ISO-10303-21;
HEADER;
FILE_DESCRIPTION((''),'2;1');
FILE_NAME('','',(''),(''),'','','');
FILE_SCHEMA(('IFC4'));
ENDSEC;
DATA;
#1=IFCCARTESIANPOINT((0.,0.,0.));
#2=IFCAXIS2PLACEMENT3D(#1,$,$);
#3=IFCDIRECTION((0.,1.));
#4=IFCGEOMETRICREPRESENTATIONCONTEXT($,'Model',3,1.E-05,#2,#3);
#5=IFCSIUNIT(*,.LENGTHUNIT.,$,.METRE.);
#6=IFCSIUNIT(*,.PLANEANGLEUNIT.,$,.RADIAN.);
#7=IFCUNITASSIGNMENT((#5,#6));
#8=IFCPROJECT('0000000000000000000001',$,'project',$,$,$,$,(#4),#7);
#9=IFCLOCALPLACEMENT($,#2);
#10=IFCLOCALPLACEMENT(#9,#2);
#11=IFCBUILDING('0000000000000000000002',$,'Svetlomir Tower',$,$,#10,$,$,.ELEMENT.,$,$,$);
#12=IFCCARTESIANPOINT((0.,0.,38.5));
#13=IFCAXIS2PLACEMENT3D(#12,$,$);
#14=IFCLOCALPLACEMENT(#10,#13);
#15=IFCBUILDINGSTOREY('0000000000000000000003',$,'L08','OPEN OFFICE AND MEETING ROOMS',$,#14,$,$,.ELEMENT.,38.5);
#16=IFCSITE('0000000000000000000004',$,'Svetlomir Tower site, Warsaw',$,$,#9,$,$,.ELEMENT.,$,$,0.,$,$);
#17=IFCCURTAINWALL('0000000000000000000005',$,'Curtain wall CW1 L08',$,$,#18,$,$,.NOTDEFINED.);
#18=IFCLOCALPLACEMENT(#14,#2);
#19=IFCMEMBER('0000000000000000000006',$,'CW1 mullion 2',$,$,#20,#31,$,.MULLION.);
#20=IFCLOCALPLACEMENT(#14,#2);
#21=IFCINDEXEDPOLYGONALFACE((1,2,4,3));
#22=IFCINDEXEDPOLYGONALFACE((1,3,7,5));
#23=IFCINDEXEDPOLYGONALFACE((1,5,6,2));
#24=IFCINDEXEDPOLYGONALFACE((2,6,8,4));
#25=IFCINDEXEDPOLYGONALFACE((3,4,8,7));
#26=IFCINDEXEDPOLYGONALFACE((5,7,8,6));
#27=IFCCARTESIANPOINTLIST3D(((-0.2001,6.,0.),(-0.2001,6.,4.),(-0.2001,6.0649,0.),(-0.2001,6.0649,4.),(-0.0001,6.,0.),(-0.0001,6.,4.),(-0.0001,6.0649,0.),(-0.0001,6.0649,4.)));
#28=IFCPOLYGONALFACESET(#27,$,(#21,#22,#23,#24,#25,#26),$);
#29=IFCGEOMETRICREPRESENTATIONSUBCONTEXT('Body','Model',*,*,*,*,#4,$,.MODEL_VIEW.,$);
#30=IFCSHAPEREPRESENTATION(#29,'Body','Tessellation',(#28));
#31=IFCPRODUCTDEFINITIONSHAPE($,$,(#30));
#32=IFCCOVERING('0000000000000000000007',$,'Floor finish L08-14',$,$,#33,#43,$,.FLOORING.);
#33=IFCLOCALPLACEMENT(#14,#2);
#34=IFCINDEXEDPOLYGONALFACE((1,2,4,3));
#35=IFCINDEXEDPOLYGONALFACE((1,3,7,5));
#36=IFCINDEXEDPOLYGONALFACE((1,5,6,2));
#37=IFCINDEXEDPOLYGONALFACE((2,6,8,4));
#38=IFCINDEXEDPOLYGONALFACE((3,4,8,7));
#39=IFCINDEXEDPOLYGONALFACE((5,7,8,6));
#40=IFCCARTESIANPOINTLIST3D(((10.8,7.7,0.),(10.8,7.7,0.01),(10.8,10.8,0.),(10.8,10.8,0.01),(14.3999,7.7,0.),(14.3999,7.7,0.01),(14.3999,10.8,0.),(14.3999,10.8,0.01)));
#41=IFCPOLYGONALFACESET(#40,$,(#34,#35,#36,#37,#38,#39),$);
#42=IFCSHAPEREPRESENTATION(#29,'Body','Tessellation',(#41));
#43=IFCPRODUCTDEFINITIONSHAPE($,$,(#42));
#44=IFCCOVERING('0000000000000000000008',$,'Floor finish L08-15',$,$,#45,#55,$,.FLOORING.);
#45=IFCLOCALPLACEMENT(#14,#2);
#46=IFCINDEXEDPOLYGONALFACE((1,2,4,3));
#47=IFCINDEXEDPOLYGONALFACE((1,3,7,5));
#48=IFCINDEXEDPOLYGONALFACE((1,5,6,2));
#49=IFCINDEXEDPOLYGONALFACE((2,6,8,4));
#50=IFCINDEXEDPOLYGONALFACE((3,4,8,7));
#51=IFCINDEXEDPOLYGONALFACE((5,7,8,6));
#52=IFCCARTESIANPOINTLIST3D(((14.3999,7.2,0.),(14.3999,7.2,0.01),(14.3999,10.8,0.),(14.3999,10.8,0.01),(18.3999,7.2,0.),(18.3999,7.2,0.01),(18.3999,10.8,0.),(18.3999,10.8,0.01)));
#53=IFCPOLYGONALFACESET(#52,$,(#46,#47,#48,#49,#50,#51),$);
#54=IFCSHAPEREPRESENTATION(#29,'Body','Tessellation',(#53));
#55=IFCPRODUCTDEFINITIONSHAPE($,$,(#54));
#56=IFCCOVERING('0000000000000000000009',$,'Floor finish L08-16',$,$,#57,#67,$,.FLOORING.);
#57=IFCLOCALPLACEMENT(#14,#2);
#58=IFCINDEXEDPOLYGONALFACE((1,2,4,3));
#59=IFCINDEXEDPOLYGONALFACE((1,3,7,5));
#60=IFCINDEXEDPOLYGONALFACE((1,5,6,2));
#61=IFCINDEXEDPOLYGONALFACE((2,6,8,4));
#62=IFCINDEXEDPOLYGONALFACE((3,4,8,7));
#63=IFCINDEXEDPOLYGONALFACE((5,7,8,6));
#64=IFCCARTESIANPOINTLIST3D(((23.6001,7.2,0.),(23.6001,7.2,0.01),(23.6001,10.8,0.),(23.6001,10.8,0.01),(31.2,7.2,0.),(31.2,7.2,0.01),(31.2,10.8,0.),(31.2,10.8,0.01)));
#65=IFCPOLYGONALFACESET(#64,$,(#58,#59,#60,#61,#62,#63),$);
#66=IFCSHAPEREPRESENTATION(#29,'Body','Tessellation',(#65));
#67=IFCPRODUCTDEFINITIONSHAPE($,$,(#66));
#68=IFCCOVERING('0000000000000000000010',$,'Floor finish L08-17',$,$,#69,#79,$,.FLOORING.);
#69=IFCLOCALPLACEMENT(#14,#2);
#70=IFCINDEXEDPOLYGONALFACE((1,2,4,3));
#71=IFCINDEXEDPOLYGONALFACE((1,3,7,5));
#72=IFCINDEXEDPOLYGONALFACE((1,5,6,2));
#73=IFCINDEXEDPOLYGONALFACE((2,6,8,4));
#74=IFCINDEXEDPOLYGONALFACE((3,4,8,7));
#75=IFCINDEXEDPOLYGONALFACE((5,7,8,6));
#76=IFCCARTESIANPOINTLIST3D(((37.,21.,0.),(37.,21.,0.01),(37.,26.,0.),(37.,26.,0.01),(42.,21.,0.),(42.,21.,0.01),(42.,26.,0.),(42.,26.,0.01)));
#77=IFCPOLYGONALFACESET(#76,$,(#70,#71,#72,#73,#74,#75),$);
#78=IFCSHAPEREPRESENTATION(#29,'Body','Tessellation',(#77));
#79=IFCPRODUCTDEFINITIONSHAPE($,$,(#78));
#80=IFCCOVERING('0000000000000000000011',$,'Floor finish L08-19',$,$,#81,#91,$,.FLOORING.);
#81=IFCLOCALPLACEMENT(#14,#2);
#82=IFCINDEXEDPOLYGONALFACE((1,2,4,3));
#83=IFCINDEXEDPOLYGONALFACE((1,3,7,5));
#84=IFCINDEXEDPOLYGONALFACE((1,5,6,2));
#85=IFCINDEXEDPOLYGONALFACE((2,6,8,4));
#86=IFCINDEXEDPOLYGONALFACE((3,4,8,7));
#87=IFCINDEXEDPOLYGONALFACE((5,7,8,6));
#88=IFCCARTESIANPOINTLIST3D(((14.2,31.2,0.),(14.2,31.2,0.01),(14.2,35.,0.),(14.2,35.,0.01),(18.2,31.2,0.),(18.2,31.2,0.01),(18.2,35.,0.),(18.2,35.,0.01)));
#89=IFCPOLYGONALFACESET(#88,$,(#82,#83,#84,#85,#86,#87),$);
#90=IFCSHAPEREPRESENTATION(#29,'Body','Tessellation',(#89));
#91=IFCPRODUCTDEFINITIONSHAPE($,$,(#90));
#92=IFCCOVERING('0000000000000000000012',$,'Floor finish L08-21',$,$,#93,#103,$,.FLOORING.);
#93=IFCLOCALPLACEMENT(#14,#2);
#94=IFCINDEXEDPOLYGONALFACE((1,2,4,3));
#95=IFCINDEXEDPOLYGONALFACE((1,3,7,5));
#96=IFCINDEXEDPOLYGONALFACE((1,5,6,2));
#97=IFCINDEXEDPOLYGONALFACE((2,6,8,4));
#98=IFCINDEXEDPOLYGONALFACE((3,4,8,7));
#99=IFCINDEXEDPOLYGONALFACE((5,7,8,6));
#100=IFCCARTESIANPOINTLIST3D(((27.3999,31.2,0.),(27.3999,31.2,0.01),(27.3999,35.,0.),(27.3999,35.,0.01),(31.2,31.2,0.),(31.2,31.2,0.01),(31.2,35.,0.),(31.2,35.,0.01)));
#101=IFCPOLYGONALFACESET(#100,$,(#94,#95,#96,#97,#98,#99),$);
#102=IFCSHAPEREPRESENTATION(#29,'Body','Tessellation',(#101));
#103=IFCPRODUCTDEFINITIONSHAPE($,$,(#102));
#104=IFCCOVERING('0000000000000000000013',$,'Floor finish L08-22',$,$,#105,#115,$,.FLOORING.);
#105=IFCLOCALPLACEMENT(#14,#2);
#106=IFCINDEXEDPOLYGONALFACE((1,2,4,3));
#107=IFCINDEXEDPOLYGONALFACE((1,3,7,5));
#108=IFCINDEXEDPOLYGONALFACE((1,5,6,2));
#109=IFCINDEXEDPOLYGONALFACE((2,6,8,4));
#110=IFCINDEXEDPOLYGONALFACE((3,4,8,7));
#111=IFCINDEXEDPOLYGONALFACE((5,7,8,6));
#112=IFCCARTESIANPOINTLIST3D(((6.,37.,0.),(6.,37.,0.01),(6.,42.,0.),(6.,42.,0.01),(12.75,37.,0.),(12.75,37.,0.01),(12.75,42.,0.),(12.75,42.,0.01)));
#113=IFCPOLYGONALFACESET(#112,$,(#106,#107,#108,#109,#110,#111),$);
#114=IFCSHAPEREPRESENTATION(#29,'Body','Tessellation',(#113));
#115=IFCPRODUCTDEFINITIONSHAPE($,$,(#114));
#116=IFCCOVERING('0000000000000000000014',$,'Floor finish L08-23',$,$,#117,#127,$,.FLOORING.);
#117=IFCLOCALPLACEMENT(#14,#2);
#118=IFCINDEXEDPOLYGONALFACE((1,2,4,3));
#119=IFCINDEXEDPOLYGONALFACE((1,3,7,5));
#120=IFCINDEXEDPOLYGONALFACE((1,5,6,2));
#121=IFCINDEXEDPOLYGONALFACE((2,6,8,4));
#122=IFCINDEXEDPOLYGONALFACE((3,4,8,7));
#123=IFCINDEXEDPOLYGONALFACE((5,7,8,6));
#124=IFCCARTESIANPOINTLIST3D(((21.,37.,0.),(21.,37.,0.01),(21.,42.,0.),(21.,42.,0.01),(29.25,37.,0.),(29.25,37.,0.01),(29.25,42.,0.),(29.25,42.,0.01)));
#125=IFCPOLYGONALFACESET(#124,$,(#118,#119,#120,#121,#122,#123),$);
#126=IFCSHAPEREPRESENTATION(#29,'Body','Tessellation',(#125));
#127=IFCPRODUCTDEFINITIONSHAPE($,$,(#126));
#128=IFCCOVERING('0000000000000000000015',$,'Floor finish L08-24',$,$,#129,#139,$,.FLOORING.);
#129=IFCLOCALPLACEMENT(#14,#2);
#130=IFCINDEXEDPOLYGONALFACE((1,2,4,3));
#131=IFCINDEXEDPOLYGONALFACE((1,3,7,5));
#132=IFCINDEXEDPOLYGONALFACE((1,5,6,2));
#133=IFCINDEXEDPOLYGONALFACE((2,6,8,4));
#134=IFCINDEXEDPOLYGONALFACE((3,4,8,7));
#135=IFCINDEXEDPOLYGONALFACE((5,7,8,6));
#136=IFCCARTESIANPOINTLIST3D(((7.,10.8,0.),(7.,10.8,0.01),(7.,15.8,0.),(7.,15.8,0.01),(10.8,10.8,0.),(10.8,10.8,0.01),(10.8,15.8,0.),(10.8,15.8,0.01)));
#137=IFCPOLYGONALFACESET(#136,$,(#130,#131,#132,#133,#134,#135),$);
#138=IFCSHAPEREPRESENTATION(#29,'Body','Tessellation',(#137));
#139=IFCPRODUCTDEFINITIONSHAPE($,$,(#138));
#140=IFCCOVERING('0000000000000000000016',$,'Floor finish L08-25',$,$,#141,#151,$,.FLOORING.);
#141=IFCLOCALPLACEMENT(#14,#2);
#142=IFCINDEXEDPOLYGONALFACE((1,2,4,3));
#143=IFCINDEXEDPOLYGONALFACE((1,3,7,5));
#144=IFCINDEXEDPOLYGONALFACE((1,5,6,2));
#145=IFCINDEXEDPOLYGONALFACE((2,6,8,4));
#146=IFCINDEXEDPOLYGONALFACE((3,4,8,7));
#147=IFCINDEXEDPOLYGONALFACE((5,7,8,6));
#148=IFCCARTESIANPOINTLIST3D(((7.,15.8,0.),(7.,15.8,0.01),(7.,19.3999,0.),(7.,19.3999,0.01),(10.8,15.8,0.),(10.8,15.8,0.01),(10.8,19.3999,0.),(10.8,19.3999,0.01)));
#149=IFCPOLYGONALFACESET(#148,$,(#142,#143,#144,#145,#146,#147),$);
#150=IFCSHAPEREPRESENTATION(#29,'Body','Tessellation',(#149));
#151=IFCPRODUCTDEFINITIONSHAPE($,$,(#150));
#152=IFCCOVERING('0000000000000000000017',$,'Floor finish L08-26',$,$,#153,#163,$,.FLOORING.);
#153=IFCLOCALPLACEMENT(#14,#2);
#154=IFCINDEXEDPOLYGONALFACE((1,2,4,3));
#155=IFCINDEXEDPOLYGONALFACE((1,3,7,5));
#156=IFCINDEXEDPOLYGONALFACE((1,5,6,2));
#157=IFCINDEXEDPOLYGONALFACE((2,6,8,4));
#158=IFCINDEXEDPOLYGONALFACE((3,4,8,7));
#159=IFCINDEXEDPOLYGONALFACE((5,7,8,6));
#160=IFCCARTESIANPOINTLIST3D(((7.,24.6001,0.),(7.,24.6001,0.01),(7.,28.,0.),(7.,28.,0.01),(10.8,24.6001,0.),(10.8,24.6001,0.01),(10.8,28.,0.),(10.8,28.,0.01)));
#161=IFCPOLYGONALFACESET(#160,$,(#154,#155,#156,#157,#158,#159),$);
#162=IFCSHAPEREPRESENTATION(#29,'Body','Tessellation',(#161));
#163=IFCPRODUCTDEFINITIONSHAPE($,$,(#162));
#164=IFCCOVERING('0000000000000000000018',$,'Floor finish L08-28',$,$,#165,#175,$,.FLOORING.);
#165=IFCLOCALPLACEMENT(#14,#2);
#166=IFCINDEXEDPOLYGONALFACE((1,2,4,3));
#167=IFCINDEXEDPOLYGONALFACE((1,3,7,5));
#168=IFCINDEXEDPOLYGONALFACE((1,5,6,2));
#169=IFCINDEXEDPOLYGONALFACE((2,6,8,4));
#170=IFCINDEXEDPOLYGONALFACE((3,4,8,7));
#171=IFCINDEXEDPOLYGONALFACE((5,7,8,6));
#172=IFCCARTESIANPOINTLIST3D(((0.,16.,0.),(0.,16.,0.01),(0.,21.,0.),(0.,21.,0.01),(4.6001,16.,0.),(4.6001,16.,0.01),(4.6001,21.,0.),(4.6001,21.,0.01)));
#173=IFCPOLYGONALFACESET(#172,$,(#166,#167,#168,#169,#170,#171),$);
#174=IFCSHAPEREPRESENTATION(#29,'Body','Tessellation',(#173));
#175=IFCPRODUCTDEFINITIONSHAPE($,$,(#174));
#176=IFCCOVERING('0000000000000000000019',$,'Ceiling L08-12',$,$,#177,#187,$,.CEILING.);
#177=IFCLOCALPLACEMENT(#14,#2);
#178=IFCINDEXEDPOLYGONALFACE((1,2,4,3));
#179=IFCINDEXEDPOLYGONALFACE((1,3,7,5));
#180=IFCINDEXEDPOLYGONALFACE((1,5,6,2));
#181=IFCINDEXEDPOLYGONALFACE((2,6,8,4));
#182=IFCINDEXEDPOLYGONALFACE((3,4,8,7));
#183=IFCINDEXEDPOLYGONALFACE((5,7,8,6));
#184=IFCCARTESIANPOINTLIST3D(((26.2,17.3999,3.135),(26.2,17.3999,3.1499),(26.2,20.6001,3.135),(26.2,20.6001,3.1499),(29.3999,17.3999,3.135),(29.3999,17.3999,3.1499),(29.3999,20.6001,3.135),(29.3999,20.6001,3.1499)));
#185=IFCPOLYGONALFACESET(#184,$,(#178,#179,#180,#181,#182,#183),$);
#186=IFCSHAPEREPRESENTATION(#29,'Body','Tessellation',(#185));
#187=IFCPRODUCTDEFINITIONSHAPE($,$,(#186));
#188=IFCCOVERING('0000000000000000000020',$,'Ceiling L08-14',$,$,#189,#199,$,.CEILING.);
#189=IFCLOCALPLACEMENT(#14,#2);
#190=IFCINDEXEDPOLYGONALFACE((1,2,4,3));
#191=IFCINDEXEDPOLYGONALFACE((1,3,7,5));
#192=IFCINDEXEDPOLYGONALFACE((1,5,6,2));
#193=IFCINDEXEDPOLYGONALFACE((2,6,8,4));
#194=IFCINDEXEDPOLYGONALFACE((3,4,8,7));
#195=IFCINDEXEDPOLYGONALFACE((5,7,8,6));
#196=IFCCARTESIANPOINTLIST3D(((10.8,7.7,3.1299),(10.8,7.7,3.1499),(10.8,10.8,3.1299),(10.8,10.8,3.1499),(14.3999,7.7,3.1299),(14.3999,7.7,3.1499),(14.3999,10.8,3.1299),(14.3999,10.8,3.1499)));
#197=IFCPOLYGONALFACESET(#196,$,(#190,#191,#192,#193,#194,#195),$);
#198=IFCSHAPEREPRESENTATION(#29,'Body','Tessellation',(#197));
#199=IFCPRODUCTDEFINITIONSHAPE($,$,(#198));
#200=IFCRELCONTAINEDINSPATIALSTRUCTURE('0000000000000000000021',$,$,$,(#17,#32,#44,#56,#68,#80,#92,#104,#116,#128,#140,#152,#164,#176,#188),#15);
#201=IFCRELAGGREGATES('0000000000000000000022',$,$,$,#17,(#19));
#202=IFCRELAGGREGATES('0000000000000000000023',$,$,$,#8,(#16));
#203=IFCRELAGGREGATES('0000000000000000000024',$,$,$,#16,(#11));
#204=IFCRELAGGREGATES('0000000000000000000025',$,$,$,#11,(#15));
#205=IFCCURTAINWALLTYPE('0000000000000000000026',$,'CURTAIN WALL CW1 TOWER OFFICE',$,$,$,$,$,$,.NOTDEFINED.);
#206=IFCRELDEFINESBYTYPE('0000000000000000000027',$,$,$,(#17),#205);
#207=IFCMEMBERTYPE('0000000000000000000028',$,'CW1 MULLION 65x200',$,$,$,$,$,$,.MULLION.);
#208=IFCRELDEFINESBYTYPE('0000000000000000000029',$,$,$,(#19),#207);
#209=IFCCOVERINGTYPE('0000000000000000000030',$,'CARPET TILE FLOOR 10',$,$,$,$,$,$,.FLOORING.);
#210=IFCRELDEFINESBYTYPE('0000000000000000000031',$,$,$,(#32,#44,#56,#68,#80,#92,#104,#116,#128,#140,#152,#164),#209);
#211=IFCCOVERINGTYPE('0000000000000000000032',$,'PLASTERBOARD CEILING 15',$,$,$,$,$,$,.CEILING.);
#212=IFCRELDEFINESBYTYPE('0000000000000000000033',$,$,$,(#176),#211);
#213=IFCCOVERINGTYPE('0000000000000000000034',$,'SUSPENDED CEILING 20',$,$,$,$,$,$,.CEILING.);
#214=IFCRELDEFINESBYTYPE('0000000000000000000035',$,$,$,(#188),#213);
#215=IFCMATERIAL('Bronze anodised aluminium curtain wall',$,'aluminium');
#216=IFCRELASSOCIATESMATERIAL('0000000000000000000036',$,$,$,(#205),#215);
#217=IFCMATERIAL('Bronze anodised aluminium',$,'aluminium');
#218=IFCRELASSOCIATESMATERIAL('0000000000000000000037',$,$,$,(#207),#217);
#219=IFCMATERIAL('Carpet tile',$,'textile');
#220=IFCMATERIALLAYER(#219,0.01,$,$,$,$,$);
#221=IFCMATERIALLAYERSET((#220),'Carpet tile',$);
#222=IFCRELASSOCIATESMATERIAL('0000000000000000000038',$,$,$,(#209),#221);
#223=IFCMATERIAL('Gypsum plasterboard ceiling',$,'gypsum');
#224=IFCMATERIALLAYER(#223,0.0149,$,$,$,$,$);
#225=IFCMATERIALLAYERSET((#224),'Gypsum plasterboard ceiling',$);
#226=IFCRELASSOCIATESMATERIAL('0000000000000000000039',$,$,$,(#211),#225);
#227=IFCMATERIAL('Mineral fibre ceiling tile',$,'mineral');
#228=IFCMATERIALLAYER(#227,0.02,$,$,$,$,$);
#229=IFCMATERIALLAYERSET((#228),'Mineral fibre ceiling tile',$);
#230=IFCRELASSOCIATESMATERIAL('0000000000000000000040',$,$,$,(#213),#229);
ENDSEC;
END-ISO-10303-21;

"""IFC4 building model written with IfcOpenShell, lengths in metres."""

from ifc_helpers import new_model, si_unit, direction, frame, origin, origin_2d, place, context, subcontext, project, spatial, polyline, rectangle, outline, extrude, material, layer, layer_set, material_profile, profile_set, type_object, element, aggregate, save


model = new_model("IFC4")

# Units and contexts
model_context = context("Model", 3, precision=1e-05, world=origin(), true_north=direction((0.0, 1.0)))
body_context = subcontext(model_context, "Body", "Model", "MODEL_VIEW")
ifc_project = project(units=[si_unit("LENGTHUNIT", "METRE"), si_unit("PLANEANGLEUNIT", "RADIAN")], contexts=[model_context])

# Site, building, storey
site_placement = place(None, origin())
site = spatial("IfcSite", under=ifc_project, at=site_placement, Name="Svetlomir Tower site, Warsaw", CompositionType="ELEMENT", RefElevation=0.0)
building_placement = place(site_placement, origin())
building = spatial("IfcBuilding", under=site, at=building_placement, Name="Svetlomir Tower", CompositionType="ELEMENT")
storey_placement = place(building_placement, frame((0.0, 0.0, 38.5)))
storey = spatial("IfcBuildingStorey", under=building, at=storey_placement, Name="L08", Description="OPEN OFFICE AND MEETING ROOMS", CompositionType="ELEMENT", Elevation=38.5)

# Curtain wall, member
ifc_material_1 = material(Name="Bronze anodised aluminium curtain wall", Category="aluminium")
curtain_wall_type = type_object("IfcCurtainWallType", Name="CURTAIN WALL CW1 TOWER OFFICE", PredefinedType="NOTDEFINED", material=ifc_material_1)
curtain_wall_placement = place(storey_placement, origin())
curtain_wall = element("IfcCurtainWall", 1, at=curtain_wall_placement, inside=storey, type_object=curtain_wall_type, Name="Curtain wall CW1 L08", PredefinedType="NOTDEFINED")
ifc_material_2 = material(Name="Bronze anodised aluminium", Category="aluminium")
ifc_material_profile = material_profile(ifc_material_2, rectangle(XDim=0.0649, YDim=0.2, at=origin_2d()), Name="AL 65x200")
ifc_profile_set = profile_set([ifc_material_profile], Name="Bronze anodised aluminium 6063-T6")
member_type = type_object("IfcMemberType", Name="CW1 MULLION 65x200", PredefinedType="MULLION", material=ifc_profile_set)
member_placement = place(storey_placement, frame((-0.1001, 6.0325, 0.0), z_axis=(0.0, 0.0, 1.0), x_axis=(0.0, -1.0, 0.0)))
member = element("IfcMember", 2, at=member_placement, type_object=member_type, Name="CW1 mullion 2", PredefinedType="MULLION", context=body_context, shape_type="SweptSolid", body=[
    extrude(rectangle(XDim=0.0649, YDim=0.2, at=origin_2d()), origin(), (0.0, 0.0, 1.0), 4.0),
])
aggregate(curtain_wall, [member])

# Coverings
ifc_material_3 = material(Name="Carpet tile", Category="textile")
ifc_layer_1 = layer(ifc_material_3, 0.01)
ifc_layer_set_1 = layer_set([ifc_layer_1], Name="Carpet tile")
covering_type_1 = type_object("IfcCoveringType", Name="CARPET TILE FLOOR 10", PredefinedType="FLOORING", material=ifc_layer_set_1)
covering_1_placement = place(storey_placement, origin())
element("IfcCovering", 3, at=covering_1_placement, inside=storey, type_object=covering_type_1, Name="Floor finish L08-14", PredefinedType="FLOORING", context=body_context, shape_type="SweptSolid", body=[
    extrude(outline(polyline([(10.8, 7.7), (14.3999, 7.7), (14.3999, 10.8), (10.8, 10.8), (10.8, 7.7)])), origin(), (0.0, 0.0, 1.0), 0.01),
])
covering_2_placement = place(storey_placement, origin())
element("IfcCovering", 4, at=covering_2_placement, inside=storey, type_object=covering_type_1, Name="Floor finish L08-15", PredefinedType="FLOORING", context=body_context, shape_type="SweptSolid", body=[
    extrude(outline(polyline([(14.3999, 7.2), (18.3999, 7.2), (18.3999, 10.8), (14.3999, 10.8), (14.3999, 7.2)])), origin(), (0.0, 0.0, 1.0), 0.01),
])
covering_3_placement = place(storey_placement, origin())
element("IfcCovering", 5, at=covering_3_placement, inside=storey, type_object=covering_type_1, Name="Floor finish L08-16", PredefinedType="FLOORING", context=body_context, shape_type="SweptSolid", body=[
    extrude(outline(polyline([(23.6001, 7.2), (31.2, 7.2), (31.2, 10.8), (23.6001, 10.8), (23.6001, 7.2)])), origin(), (0.0, 0.0, 1.0), 0.01),
])
covering_4_placement = place(storey_placement, origin())
element("IfcCovering", 6, at=covering_4_placement, inside=storey, type_object=covering_type_1, Name="Floor finish L08-17", PredefinedType="FLOORING", context=body_context, shape_type="SweptSolid", body=[
    extrude(outline(polyline([(37.0, 21.0), (42.0, 21.0), (42.0, 26.0), (37.0, 26.0), (37.0, 21.0)])), origin(), (0.0, 0.0, 1.0), 0.01),
])
covering_5_placement = place(storey_placement, origin())
element("IfcCovering", 7, at=covering_5_placement, inside=storey, type_object=covering_type_1, Name="Floor finish L08-19", PredefinedType="FLOORING", context=body_context, shape_type="SweptSolid", body=[
    extrude(outline(polyline([(14.2, 31.2), (18.2, 31.2), (18.2, 35.0), (14.2, 35.0), (14.2, 31.2)])), origin(), (0.0, 0.0, 1.0), 0.01),
])
covering_6_placement = place(storey_placement, origin())
element("IfcCovering", 8, at=covering_6_placement, inside=storey, type_object=covering_type_1, Name="Floor finish L08-21", PredefinedType="FLOORING", context=body_context, shape_type="SweptSolid", body=[
    extrude(outline(polyline([(27.3999, 31.2), (31.2, 31.2), (31.2, 35.0), (27.3999, 35.0), (27.3999, 31.2)])), origin(), (0.0, 0.0, 1.0), 0.01),
])
covering_7_placement = place(storey_placement, origin())
element("IfcCovering", 9, at=covering_7_placement, inside=storey, type_object=covering_type_1, Name="Floor finish L08-22", PredefinedType="FLOORING", context=body_context, shape_type="SweptSolid", body=[
    extrude(outline(polyline([(6.0, 37.0), (12.75, 37.0), (12.75, 42.0), (6.0, 42.0), (6.0, 37.0)])), origin(), (0.0, 0.0, 1.0), 0.01),
])
covering_8_placement = place(storey_placement, origin())
element("IfcCovering", 10, at=covering_8_placement, inside=storey, type_object=covering_type_1, Name="Floor finish L08-23", PredefinedType="FLOORING", context=body_context, shape_type="SweptSolid", body=[
    extrude(outline(polyline([(21.0, 37.0), (29.25, 37.0), (29.25, 42.0), (21.0, 42.0), (21.0, 37.0)])), origin(), (0.0, 0.0, 1.0), 0.01),
])
covering_9_placement = place(storey_placement, origin())
element("IfcCovering", 11, at=covering_9_placement, inside=storey, type_object=covering_type_1, Name="Floor finish L08-24", PredefinedType="FLOORING", context=body_context, shape_type="SweptSolid", body=[
    extrude(outline(polyline([(7.0, 10.8), (10.8, 10.8), (10.8, 15.8), (7.0, 15.8), (7.0, 10.8)])), origin(), (0.0, 0.0, 1.0), 0.01),
])
covering_10_placement = place(storey_placement, origin())
element("IfcCovering", 12, at=covering_10_placement, inside=storey, type_object=covering_type_1, Name="Floor finish L08-25", PredefinedType="FLOORING", context=body_context, shape_type="SweptSolid", body=[
    extrude(outline(polyline([(7.0, 15.8), (10.8, 15.8), (10.8, 19.3999), (7.0, 19.3999), (7.0, 15.8)])), origin(), (0.0, 0.0, 1.0), 0.01),
])
covering_11_placement = place(storey_placement, origin())
element("IfcCovering", 13, at=covering_11_placement, inside=storey, type_object=covering_type_1, Name="Floor finish L08-26", PredefinedType="FLOORING", context=body_context, shape_type="SweptSolid", body=[
    extrude(outline(polyline([(7.0, 24.6001), (10.8, 24.6001), (10.8, 28.0), (7.0, 28.0), (7.0, 24.6001)])), origin(), (0.0, 0.0, 1.0), 0.01),
])
covering_12_placement = place(storey_placement, origin())
element("IfcCovering", 14, at=covering_12_placement, inside=storey, type_object=covering_type_1, Name="Floor finish L08-28", PredefinedType="FLOORING", context=body_context, shape_type="SweptSolid", body=[
    extrude(outline(polyline([(0.0, 16.0), (4.6001, 16.0), (4.6001, 21.0), (0.0, 21.0), (0.0, 16.0)])), origin(), (0.0, 0.0, 1.0), 0.01),
])
ifc_material_4 = material(Name="Gypsum plasterboard ceiling", Category="gypsum")
ifc_layer_2 = layer(ifc_material_4, 0.0149)
ifc_layer_set_2 = layer_set([ifc_layer_2], Name="Gypsum plasterboard ceiling")
covering_type_2 = type_object("IfcCoveringType", Name="PLASTERBOARD CEILING 15", PredefinedType="CEILING", material=ifc_layer_set_2)
covering_13_placement = place(storey_placement, frame((0.0, 0.0, 3.135)))
element("IfcCovering", 15, at=covering_13_placement, inside=storey, type_object=covering_type_2, Name="Ceiling L08-12", PredefinedType="CEILING", context=body_context, shape_type="SweptSolid", body=[
    extrude(outline(polyline([(26.2, 17.3999), (29.3999, 17.3999), (29.3999, 20.6001), (26.2, 20.6001), (26.2, 17.3999)])), origin(), (0.0, 0.0, 1.0), 0.0149),
])
ifc_material_5 = material(Name="Mineral fibre ceiling tile", Category="mineral")
ifc_layer_3 = layer(ifc_material_5, 0.02)
ifc_layer_set_3 = layer_set([ifc_layer_3], Name="Mineral fibre ceiling tile")
covering_type_3 = type_object("IfcCoveringType", Name="SUSPENDED CEILING 20", PredefinedType="CEILING", material=ifc_layer_set_3)
covering_14_placement = place(storey_placement, frame((0.0, 0.0, 3.1299)))
element("IfcCovering", 16, at=covering_14_placement, inside=storey, type_object=covering_type_3, Name="Ceiling L08-14", PredefinedType="CEILING", context=body_context, shape_type="SweptSolid", body=[
    extrude(outline(polyline([(10.8, 7.7), (14.3999, 7.7), (14.3999, 10.8), (10.8, 10.8), (10.8, 7.7)])), origin(), (0.0, 0.0, 1.0), 0.02),
])

save(model, "model.ifc")
